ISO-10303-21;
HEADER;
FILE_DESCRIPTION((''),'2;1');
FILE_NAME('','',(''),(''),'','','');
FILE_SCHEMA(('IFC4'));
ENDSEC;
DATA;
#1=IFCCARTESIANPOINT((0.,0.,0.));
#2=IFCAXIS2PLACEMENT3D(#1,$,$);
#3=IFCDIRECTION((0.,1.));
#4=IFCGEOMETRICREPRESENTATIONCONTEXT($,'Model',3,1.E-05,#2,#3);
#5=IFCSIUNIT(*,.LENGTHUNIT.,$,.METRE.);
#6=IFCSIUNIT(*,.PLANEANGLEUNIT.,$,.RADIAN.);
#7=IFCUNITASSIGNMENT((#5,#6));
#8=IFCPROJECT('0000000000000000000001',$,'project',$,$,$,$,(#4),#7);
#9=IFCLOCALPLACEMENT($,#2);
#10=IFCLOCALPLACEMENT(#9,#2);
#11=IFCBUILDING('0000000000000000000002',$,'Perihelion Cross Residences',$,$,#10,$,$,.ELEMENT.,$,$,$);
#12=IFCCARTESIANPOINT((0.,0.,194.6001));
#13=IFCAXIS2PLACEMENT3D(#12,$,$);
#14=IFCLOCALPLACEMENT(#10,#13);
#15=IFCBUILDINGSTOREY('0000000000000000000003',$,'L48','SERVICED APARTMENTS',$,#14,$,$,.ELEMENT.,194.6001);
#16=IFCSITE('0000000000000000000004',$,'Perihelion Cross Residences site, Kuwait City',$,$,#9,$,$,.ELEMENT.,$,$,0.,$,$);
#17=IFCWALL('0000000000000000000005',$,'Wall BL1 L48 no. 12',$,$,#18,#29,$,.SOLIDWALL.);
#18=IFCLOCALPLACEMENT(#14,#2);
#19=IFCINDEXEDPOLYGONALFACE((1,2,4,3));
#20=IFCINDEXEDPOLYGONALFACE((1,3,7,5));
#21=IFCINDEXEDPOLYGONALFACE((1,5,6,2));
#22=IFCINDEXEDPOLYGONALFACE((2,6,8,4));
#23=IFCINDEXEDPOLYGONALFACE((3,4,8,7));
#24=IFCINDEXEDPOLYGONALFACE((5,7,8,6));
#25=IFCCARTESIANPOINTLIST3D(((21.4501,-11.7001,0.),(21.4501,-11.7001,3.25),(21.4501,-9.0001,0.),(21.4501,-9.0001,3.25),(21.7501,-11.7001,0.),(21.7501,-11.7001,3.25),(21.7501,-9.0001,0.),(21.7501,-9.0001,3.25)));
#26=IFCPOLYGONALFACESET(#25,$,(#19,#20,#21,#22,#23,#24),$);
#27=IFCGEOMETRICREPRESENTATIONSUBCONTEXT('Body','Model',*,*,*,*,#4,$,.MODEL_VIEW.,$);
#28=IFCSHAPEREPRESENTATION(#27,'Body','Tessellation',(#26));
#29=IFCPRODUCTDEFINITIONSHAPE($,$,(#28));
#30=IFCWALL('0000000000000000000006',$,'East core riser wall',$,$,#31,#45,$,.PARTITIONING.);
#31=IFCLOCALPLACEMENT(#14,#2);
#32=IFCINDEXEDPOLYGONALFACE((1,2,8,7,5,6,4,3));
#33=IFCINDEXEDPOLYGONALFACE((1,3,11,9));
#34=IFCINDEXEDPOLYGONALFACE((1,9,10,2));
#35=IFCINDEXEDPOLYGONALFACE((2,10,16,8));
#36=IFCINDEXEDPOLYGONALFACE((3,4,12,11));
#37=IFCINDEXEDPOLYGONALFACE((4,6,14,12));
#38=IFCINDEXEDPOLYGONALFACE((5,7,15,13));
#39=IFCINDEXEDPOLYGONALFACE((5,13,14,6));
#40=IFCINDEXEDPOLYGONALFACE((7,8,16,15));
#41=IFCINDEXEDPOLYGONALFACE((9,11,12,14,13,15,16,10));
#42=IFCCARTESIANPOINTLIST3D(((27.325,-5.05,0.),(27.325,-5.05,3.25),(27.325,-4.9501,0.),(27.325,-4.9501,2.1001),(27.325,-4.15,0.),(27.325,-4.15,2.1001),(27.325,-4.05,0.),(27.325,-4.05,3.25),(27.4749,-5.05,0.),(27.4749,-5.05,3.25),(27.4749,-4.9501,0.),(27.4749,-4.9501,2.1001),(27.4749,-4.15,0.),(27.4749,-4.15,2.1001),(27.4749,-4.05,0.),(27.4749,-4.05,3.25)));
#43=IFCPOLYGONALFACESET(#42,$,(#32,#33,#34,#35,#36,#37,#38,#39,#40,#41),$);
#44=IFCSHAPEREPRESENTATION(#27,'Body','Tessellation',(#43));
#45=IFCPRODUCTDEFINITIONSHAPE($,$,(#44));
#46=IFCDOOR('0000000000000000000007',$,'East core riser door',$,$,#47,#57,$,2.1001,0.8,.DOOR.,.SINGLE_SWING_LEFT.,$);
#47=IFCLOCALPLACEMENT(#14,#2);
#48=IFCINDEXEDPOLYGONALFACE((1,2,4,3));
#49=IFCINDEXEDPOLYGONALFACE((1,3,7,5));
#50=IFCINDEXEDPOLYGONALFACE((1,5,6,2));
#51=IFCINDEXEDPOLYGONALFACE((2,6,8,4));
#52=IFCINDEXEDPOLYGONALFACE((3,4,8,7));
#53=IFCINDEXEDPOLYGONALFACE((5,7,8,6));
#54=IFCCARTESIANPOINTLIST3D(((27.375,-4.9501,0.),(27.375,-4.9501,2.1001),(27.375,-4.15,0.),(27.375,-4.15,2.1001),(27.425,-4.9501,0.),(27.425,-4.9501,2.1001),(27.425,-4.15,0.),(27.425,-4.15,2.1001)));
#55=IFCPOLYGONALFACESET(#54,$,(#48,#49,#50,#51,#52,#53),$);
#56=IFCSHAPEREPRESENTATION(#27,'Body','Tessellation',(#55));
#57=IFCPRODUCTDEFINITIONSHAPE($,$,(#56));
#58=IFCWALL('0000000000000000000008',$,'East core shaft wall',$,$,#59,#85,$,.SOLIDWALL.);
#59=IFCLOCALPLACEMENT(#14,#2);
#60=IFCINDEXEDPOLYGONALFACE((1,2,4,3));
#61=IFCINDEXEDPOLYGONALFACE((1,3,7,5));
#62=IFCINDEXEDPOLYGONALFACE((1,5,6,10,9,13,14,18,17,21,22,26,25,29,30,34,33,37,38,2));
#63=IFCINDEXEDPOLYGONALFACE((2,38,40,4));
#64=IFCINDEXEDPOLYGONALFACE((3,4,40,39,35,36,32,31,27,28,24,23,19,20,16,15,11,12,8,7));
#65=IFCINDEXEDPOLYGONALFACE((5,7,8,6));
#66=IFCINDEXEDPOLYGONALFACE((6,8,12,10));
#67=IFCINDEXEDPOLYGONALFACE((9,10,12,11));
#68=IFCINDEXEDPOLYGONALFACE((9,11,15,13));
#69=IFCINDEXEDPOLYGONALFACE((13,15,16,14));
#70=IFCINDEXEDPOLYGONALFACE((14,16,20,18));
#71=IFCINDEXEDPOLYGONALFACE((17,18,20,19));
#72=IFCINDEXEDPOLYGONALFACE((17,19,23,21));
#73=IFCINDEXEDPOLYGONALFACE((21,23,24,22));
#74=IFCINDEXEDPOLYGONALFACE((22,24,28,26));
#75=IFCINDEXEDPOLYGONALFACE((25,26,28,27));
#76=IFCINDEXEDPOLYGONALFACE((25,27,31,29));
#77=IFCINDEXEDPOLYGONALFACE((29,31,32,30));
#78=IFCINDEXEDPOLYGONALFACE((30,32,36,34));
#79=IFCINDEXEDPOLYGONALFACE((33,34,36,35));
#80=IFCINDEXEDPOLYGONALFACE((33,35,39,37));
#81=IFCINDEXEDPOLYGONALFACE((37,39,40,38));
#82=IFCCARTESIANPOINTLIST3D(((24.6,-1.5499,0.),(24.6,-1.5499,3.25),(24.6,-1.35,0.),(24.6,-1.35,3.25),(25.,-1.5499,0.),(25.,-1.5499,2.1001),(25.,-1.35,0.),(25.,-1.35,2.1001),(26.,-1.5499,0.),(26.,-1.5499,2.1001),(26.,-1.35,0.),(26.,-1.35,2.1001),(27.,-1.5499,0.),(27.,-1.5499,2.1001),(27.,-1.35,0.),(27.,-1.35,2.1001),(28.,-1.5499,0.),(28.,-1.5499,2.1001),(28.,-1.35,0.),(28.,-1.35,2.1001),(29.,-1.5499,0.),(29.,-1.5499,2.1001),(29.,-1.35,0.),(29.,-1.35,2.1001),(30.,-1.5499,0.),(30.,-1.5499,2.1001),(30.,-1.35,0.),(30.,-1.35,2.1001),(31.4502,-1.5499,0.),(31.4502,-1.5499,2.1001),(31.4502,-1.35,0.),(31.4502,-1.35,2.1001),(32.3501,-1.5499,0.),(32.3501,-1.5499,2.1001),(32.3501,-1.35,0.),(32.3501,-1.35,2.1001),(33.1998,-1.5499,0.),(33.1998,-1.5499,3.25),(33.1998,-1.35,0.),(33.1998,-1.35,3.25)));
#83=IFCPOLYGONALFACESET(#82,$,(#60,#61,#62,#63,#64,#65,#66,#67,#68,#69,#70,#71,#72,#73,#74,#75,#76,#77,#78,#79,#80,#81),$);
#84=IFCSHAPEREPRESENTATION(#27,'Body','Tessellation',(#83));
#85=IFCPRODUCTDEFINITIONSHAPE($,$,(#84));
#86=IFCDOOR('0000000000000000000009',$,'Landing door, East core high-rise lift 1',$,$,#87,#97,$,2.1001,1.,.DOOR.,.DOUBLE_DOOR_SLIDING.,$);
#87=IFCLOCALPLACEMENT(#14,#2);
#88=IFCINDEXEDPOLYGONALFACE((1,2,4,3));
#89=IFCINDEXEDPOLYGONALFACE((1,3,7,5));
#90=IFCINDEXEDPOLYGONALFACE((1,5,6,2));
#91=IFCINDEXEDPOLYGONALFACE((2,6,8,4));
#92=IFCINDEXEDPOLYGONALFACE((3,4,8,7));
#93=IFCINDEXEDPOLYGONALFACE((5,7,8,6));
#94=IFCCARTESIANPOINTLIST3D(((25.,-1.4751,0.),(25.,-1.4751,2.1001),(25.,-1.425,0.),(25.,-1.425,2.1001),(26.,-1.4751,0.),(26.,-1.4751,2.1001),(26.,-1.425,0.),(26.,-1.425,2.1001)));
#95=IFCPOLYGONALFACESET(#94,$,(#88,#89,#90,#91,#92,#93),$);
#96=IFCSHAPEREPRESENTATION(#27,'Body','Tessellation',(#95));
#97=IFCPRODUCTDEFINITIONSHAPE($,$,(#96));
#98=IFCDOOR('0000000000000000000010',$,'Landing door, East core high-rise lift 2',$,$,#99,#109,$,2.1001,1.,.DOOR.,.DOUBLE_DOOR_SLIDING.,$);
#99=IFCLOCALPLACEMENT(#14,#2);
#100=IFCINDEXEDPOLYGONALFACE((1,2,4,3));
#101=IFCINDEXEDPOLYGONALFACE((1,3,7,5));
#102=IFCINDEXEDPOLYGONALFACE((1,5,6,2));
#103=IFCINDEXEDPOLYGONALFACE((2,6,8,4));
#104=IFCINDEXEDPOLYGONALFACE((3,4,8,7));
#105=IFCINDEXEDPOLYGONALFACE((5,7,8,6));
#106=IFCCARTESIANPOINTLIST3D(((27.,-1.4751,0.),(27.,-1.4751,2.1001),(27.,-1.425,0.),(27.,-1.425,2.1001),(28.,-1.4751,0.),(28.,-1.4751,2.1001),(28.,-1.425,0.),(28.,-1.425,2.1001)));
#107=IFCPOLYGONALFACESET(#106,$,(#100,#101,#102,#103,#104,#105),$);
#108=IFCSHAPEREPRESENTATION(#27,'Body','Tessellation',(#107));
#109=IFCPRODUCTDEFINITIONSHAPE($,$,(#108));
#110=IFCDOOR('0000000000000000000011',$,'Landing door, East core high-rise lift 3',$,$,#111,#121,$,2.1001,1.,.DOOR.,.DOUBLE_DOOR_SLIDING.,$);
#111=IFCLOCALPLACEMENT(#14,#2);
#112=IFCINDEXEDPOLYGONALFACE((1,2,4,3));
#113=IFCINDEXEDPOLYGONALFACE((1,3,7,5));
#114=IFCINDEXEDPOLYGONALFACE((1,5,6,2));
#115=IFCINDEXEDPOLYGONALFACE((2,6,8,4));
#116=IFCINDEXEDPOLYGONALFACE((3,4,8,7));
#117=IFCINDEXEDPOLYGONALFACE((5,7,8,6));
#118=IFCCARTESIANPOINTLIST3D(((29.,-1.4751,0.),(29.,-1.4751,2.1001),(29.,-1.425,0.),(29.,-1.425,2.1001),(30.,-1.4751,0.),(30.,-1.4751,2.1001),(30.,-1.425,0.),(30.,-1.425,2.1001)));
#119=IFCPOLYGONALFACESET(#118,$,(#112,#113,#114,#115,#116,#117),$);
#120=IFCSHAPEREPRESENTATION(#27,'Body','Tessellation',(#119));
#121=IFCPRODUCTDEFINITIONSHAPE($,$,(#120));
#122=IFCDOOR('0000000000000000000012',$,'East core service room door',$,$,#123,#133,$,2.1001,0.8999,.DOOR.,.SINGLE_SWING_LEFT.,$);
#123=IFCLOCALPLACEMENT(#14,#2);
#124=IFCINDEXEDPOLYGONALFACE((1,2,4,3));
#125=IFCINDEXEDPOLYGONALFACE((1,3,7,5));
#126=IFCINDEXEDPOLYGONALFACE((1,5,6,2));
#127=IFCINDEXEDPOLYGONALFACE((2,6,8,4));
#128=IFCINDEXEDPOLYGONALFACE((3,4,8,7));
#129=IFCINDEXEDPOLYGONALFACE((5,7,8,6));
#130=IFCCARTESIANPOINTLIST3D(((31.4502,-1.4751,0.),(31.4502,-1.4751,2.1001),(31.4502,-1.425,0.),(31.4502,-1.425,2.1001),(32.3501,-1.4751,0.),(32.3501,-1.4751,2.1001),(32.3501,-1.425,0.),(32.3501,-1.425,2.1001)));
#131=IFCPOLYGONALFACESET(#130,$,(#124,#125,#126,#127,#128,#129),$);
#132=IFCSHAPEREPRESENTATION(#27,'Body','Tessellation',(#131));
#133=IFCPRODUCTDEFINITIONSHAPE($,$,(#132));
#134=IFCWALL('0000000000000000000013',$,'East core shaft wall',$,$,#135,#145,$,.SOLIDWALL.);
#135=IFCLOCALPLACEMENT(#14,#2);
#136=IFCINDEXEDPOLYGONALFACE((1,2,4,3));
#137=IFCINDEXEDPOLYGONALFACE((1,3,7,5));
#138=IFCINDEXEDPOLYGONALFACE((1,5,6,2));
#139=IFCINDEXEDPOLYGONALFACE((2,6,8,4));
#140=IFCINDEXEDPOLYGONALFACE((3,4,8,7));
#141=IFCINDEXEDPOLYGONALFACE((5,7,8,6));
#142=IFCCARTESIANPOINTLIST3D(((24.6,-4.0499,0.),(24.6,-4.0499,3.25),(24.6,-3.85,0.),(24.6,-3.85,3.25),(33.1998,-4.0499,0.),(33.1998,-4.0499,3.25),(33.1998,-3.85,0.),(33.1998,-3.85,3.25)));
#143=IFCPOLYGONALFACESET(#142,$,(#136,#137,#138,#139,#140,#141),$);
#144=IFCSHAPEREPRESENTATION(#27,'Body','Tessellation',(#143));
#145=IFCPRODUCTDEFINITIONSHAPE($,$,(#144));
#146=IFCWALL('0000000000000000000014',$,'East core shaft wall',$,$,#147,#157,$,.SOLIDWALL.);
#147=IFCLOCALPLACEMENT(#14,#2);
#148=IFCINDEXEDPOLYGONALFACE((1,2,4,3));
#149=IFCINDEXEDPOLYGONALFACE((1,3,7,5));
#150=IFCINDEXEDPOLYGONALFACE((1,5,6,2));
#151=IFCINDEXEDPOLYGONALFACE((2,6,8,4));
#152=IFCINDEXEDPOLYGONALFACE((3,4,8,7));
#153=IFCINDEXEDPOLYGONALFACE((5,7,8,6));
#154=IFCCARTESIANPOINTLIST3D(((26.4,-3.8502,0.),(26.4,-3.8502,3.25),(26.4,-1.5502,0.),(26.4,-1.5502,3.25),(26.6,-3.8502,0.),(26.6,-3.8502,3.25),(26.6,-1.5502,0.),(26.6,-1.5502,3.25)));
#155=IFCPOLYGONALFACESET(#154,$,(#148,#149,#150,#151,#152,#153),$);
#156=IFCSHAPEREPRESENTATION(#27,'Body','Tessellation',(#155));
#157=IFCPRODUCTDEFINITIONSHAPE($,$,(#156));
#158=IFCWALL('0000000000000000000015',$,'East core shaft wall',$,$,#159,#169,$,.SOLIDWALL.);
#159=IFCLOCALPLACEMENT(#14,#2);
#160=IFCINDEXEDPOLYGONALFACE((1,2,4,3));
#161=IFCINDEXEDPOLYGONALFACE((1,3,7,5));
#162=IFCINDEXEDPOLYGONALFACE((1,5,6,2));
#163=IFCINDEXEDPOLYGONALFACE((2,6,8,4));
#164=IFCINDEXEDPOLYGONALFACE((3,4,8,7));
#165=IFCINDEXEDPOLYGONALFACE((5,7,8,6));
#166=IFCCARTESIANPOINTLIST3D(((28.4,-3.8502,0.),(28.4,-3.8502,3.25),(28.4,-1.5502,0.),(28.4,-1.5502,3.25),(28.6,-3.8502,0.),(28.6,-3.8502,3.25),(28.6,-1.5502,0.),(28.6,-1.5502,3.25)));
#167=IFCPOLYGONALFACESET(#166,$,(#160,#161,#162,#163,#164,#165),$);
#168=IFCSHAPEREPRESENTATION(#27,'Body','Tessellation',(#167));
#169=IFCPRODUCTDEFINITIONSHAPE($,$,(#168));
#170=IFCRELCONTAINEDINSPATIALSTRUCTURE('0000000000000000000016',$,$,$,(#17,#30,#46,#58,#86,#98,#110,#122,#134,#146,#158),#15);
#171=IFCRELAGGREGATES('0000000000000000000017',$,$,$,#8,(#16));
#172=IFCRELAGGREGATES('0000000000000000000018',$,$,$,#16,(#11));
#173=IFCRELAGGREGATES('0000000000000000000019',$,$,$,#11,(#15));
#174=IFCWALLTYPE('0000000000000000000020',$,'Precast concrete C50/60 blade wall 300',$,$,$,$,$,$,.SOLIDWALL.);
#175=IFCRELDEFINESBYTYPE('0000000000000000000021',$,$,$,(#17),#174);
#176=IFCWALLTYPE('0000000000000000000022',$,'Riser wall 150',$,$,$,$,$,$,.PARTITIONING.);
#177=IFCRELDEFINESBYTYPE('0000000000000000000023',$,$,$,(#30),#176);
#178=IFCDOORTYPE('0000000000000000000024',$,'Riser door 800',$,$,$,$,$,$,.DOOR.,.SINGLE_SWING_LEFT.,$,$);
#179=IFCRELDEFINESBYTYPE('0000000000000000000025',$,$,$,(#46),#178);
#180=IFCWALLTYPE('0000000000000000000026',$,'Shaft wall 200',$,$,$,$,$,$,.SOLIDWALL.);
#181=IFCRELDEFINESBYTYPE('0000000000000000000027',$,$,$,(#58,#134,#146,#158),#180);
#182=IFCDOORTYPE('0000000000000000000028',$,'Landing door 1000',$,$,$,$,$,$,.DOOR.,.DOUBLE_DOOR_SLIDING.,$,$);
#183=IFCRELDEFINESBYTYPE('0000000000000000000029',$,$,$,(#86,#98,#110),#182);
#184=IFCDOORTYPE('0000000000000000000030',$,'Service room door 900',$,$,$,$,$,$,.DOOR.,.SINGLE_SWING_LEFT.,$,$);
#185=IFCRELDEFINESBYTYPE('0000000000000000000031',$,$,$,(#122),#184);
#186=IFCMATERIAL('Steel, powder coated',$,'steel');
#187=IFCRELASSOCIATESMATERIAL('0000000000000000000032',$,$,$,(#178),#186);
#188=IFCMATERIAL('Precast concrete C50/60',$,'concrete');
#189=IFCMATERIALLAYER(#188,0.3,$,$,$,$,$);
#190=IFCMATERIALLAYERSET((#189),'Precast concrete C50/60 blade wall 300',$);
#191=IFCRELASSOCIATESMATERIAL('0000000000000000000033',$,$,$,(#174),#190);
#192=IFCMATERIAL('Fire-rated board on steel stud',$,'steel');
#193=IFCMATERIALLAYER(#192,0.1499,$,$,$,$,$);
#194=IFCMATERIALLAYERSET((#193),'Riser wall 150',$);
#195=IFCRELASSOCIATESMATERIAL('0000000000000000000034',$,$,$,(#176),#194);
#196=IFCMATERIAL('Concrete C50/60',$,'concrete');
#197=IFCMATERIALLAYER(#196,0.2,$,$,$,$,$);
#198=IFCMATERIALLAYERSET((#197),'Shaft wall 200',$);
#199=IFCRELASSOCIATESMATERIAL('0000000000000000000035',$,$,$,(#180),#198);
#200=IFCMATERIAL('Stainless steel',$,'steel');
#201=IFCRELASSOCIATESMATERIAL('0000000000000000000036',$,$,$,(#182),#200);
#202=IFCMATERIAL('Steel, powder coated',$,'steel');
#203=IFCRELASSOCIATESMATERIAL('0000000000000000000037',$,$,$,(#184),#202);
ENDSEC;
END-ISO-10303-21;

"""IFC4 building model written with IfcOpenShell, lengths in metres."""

from ifc_helpers import new_model, si_unit, direction, frame, frame_2d, origin, place, context, subcontext, project, spatial, rectangle, extrude, material, layer, layer_set, type_object, element, fill, save


model = new_model("IFC4")

# Units and contexts
model_context = context("Model", 3, precision=1e-05, world=origin(), true_north=direction((0.0, 1.0)))
body_context = subcontext(model_context, "Body", "Model", "MODEL_VIEW")
ifc_project = project(units=[si_unit("LENGTHUNIT", "METRE"), si_unit("PLANEANGLEUNIT", "RADIAN")], contexts=[model_context])

# Site, building, storey
site_placement = place(None, origin())
site = spatial("IfcSite", under=ifc_project, at=site_placement, Name="Perihelion Cross Residences site, Kuwait City", CompositionType="ELEMENT", RefElevation=0.0)
building_placement = place(site_placement, origin())
building = spatial("IfcBuilding", under=site, at=building_placement, Name="Perihelion Cross Residences", CompositionType="ELEMENT")
storey_placement = place(building_placement, frame((0.0, 0.0, 194.6001)))
storey = spatial("IfcBuildingStorey", under=building, at=storey_placement, Name="L48", Description="SERVICED APARTMENTS", CompositionType="ELEMENT", Elevation=194.6001)

# Shared definitions
ifc_material_1 = material(Name="Steel, powder coated", Category="steel")
door_type_1 = type_object("IfcDoorType", Name="Riser door 800", OperationType="SINGLE_SWING_LEFT", PredefinedType="DOOR", material=ifc_material_1)

# Wall
ifc_material_2 = material(Name="Precast concrete C50/60", Category="concrete")
ifc_layer_1 = layer(ifc_material_2, 0.3)
ifc_layer_set_1 = layer_set([ifc_layer_1], Name="Precast concrete C50/60 blade wall 300")
wall_type_1 = type_object("IfcWallType", Name="Precast concrete C50/60 blade wall 300", PredefinedType="SOLIDWALL", material=ifc_layer_set_1)
wall_1_placement = place(storey_placement, frame((21.6001, -9.0, 0.0), z_axis=(0.0, 0.0, 1.0), x_axis=(0.0, -1.0, 0.0)))
element("IfcWall", 1, at=wall_1_placement, inside=storey, type_object=wall_type_1, Name="Wall BL1 L48 no. 12", PredefinedType="SOLIDWALL", context=body_context, shape_type="SweptSolid", body=[
    extrude(rectangle(XDim=2.7, YDim=0.3, at=frame_2d((1.3501, 0.0))), origin(), (0.0, 0.0, 1.0), 3.25),
])

# Wall, opening, door
ifc_material_3 = material(Name="Fire-rated board on steel stud", Category="steel")
ifc_layer_2 = layer(ifc_material_3, 0.1499)
ifc_layer_set_2 = layer_set([ifc_layer_2], Name="Riser wall 150")
wall_type_2 = type_object("IfcWallType", Name="Riser wall 150", PredefinedType="PARTITIONING", material=ifc_layer_set_2)
wall_2_placement = place(storey_placement, frame((27.3999, -5.05, 0.0), z_axis=(0.0, 0.0, 1.0), x_axis=(0.0, 1.0, 0.0)))
wall_2 = element("IfcWall", 2, at=wall_2_placement, inside=storey, type_object=wall_type_2, Name="East core riser wall", PredefinedType="PARTITIONING", context=body_context, shape_type="SweptSolid", body=[
    extrude(rectangle(XDim=1.0, YDim=0.1499, at=frame_2d((0.5, 0.0))), origin(), (0.0, 0.0, 1.0), 3.25),
])
opening_1_placement = place(wall_2_placement, frame((0.1001, 0.0, 0.0)))
opening_1 = element("IfcOpeningElement", 3, at=opening_1_placement, cuts=wall_2, PredefinedType="OPENING", context=body_context, shape_type="SweptSolid", body=[
    extrude(rectangle(XDim=0.8, YDim=2.1001, at=frame_2d((0.3999, 1.05))), frame((0.0, 0.085, 0.0), z_axis=(0.0, -1.0, 0.0), x_axis=(1.0, 0.0, 0.0)), (0.0, 0.0, 1.0), 0.1699),
])
door_1_placement = place(opening_1_placement, origin())
door_1 = element("IfcDoor", 4, at=door_1_placement, inside=storey, type_object=door_type_1, Name="East core riser door", OperationType="SINGLE_SWING_LEFT", OverallHeight=2.1001, OverallWidth=0.8, PredefinedType="DOOR", context=body_context, shape_type="SweptSolid", body=[
    extrude(rectangle(XDim=0.8, YDim=2.1001, at=frame_2d((0.3999, 1.05))), frame((0.0, 0.0249, 0.0), z_axis=(0.0, -1.0, 0.0), x_axis=(1.0, 0.0, 0.0)), (0.0, 0.0, 1.0), 0.05),
])
fill(opening_1, door_1)

# Wall, openings, doors
ifc_material_4 = material(Name="Concrete C50/60", Category="concrete")
ifc_layer_3 = layer(ifc_material_4, 0.2)
ifc_layer_set_3 = layer_set([ifc_layer_3], Name="Shaft wall 200")
wall_type_3 = type_object("IfcWallType", Name="Shaft wall 200", PredefinedType="SOLIDWALL", material=ifc_layer_set_3)
wall_3_placement = place(storey_placement, frame((24.6001, -1.45, 0.0), z_axis=(0.0, 0.0, 1.0), x_axis=(1.0, 0.0, 0.0)))
wall_3 = element("IfcWall", 5, at=wall_3_placement, inside=storey, type_object=wall_type_3, Name="East core shaft wall", PredefinedType="SOLIDWALL", context=body_context, shape_type="SweptSolid", body=[
    extrude(rectangle(XDim=8.5999, YDim=0.2, at=frame_2d((4.2998, 0.0))), origin(), (0.0, 0.0, 1.0), 3.25),
])
opening_2_placement = place(wall_3_placement, frame((0.3999, 0.0, 0.0)))
opening_2 = element("IfcOpeningElement", 6, at=opening_2_placement, cuts=wall_3, PredefinedType="OPENING", context=body_context, shape_type="SweptSolid", body=[
    extrude(rectangle(XDim=1.0, YDim=2.1001, at=frame_2d((0.5, 1.05))), frame((0.0, 0.1099, 0.0), z_axis=(0.0, -1.0, 0.0), x_axis=(1.0, 0.0, 0.0)), (0.0, 0.0, 1.0), 0.22),
])
opening_3_placement = place(wall_3_placement, frame((2.3999, 0.0, 0.0)))
opening_3 = element("IfcOpeningElement", 7, at=opening_3_placement, cuts=wall_3, PredefinedType="OPENING", context=body_context, shape_type="SweptSolid", body=[
    extrude(rectangle(XDim=1.0, YDim=2.1001, at=frame_2d((0.5, 1.05))), frame((0.0, 0.1099, 0.0), z_axis=(0.0, -1.0, 0.0), x_axis=(1.0, 0.0, 0.0)), (0.0, 0.0, 1.0), 0.22),
])
opening_4_placement = place(wall_3_placement, frame((4.3999, 0.0, 0.0)))
opening_4 = element("IfcOpeningElement", 8, at=opening_4_placement, cuts=wall_3, PredefinedType="OPENING", context=body_context, shape_type="SweptSolid", body=[
    extrude(rectangle(XDim=1.0, YDim=2.1001, at=frame_2d((0.5, 1.05))), frame((0.0, 0.1099, 0.0), z_axis=(0.0, -1.0, 0.0), x_axis=(1.0, 0.0, 0.0)), (0.0, 0.0, 1.0), 0.22),
])
opening_5_placement = place(wall_3_placement, frame((6.8501, 0.0, 0.0)))
opening_5 = element("IfcOpeningElement", 9, at=opening_5_placement, cuts=wall_3, PredefinedType="OPENING", context=body_context, shape_type="SweptSolid", body=[
    extrude(rectangle(XDim=0.8999, YDim=2.1001, at=frame_2d((0.45, 1.05))), frame((0.0, 0.1099, 0.0), z_axis=(0.0, -1.0, 0.0), x_axis=(1.0, 0.0, 0.0)), (0.0, 0.0, 1.0), 0.22),
])
ifc_material_5 = material(Name="Stainless steel", Category="steel")
door_type_2 = type_object("IfcDoorType", Name="Landing door 1000", OperationType="DOUBLE_DOOR_SLIDING", PredefinedType="DOOR", material=ifc_material_5)
door_2_placement = place(opening_2_placement, origin())
door_2 = element("IfcDoor", 10, at=door_2_placement, inside=storey, type_object=door_type_2, Name="Landing door, East core high-rise lift 1", OperationType="DOUBLE_DOOR_SLIDING", OverallHeight=2.1001, OverallWidth=1.0, PredefinedType="DOOR", context=body_context, shape_type="SweptSolid", body=[
    extrude(rectangle(XDim=1.0, YDim=2.1001, at=frame_2d((0.5, 1.05))), frame((0.0, 0.0249, 0.0), z_axis=(0.0, -1.0, 0.0), x_axis=(1.0, 0.0, 0.0)), (0.0, 0.0, 1.0), 0.05),
])
fill(opening_2, door_2)
door_3_placement = place(opening_3_placement, origin())
door_3 = element("IfcDoor", 11, at=door_3_placement, inside=storey, type_object=door_type_2, Name="Landing door, East core high-rise lift 2", OperationType="DOUBLE_DOOR_SLIDING", OverallHeight=2.1001, OverallWidth=1.0, PredefinedType="DOOR", context=body_context, shape_type="SweptSolid", body=[
    extrude(rectangle(XDim=1.0, YDim=2.1001, at=frame_2d((0.5, 1.05))), frame((0.0, 0.0249, 0.0), z_axis=(0.0, -1.0, 0.0), x_axis=(1.0, 0.0, 0.0)), (0.0, 0.0, 1.0), 0.05),
])
fill(opening_3, door_3)
door_4_placement = place(opening_4_placement, origin())
door_4 = element("IfcDoor", 12, at=door_4_placement, inside=storey, type_object=door_type_2, Name="Landing door, East core high-rise lift 3", OperationType="DOUBLE_DOOR_SLIDING", OverallHeight=2.1001, OverallWidth=1.0, PredefinedType="DOOR", context=body_context, shape_type="SweptSolid", body=[
    extrude(rectangle(XDim=1.0, YDim=2.1001, at=frame_2d((0.5, 1.05))), frame((0.0, 0.0249, 0.0), z_axis=(0.0, -1.0, 0.0), x_axis=(1.0, 0.0, 0.0)), (0.0, 0.0, 1.0), 0.05),
])
fill(opening_4, door_4)
ifc_material_6 = material(Name="Steel, powder coated", Category="steel")
door_type_3 = type_object("IfcDoorType", Name="Service room door 900", OperationType="SINGLE_SWING_LEFT", PredefinedType="DOOR", material=ifc_material_6)
door_5_placement = place(opening_5_placement, origin())
door_5 = element("IfcDoor", 13, at=door_5_placement, inside=storey, type_object=door_type_3, Name="East core service room door", OperationType="SINGLE_SWING_LEFT", OverallHeight=2.1001, OverallWidth=0.8999, PredefinedType="DOOR", context=body_context, shape_type="SweptSolid", body=[
    extrude(rectangle(XDim=0.8999, YDim=2.1001, at=frame_2d((0.45, 1.05))), frame((0.0, 0.0249, 0.0), z_axis=(0.0, -1.0, 0.0), x_axis=(1.0, 0.0, 0.0)), (0.0, 0.0, 1.0), 0.05),
])
fill(opening_5, door_5)

# Walls
wall_4_placement = place(storey_placement, frame((24.6001, -3.95, 0.0), z_axis=(0.0, 0.0, 1.0), x_axis=(1.0, 0.0, 0.0)))
element("IfcWall", 14, at=wall_4_placement, inside=storey, type_object=wall_type_3, Name="East core shaft wall", PredefinedType="SOLIDWALL", context=body_context, shape_type="SweptSolid", body=[
    extrude(rectangle(XDim=8.5999, YDim=0.2, at=frame_2d((4.2998, 0.0))), origin(), (0.0, 0.0, 1.0), 3.25),
])
for number, where, z_axis, x_axis, name in (
    (15, (26.5, -3.8501, 0.0), (0.0, 0.0, 1.0), (0.0, 1.0, 0.0), "East core shaft wall"),
    (16, (28.5, -3.8501, 0.0), (0.0, 0.0, 1.0), (0.0, 1.0, 0.0), "East core shaft wall"),
):
    element("IfcWall", number, at=place(storey_placement, frame(where, z_axis=z_axis, x_axis=x_axis)), inside=storey, type_object=wall_type_3, Name=name, PredefinedType="SOLIDWALL", context=body_context, shape_type="SweptSolid", body=[
        extrude(rectangle(XDim=2.3, YDim=0.2, at=frame_2d((1.1499, 0.0))), origin(), (0.0, 0.0, 1.0), 3.25),
    ])

save(model, "model.ifc")
